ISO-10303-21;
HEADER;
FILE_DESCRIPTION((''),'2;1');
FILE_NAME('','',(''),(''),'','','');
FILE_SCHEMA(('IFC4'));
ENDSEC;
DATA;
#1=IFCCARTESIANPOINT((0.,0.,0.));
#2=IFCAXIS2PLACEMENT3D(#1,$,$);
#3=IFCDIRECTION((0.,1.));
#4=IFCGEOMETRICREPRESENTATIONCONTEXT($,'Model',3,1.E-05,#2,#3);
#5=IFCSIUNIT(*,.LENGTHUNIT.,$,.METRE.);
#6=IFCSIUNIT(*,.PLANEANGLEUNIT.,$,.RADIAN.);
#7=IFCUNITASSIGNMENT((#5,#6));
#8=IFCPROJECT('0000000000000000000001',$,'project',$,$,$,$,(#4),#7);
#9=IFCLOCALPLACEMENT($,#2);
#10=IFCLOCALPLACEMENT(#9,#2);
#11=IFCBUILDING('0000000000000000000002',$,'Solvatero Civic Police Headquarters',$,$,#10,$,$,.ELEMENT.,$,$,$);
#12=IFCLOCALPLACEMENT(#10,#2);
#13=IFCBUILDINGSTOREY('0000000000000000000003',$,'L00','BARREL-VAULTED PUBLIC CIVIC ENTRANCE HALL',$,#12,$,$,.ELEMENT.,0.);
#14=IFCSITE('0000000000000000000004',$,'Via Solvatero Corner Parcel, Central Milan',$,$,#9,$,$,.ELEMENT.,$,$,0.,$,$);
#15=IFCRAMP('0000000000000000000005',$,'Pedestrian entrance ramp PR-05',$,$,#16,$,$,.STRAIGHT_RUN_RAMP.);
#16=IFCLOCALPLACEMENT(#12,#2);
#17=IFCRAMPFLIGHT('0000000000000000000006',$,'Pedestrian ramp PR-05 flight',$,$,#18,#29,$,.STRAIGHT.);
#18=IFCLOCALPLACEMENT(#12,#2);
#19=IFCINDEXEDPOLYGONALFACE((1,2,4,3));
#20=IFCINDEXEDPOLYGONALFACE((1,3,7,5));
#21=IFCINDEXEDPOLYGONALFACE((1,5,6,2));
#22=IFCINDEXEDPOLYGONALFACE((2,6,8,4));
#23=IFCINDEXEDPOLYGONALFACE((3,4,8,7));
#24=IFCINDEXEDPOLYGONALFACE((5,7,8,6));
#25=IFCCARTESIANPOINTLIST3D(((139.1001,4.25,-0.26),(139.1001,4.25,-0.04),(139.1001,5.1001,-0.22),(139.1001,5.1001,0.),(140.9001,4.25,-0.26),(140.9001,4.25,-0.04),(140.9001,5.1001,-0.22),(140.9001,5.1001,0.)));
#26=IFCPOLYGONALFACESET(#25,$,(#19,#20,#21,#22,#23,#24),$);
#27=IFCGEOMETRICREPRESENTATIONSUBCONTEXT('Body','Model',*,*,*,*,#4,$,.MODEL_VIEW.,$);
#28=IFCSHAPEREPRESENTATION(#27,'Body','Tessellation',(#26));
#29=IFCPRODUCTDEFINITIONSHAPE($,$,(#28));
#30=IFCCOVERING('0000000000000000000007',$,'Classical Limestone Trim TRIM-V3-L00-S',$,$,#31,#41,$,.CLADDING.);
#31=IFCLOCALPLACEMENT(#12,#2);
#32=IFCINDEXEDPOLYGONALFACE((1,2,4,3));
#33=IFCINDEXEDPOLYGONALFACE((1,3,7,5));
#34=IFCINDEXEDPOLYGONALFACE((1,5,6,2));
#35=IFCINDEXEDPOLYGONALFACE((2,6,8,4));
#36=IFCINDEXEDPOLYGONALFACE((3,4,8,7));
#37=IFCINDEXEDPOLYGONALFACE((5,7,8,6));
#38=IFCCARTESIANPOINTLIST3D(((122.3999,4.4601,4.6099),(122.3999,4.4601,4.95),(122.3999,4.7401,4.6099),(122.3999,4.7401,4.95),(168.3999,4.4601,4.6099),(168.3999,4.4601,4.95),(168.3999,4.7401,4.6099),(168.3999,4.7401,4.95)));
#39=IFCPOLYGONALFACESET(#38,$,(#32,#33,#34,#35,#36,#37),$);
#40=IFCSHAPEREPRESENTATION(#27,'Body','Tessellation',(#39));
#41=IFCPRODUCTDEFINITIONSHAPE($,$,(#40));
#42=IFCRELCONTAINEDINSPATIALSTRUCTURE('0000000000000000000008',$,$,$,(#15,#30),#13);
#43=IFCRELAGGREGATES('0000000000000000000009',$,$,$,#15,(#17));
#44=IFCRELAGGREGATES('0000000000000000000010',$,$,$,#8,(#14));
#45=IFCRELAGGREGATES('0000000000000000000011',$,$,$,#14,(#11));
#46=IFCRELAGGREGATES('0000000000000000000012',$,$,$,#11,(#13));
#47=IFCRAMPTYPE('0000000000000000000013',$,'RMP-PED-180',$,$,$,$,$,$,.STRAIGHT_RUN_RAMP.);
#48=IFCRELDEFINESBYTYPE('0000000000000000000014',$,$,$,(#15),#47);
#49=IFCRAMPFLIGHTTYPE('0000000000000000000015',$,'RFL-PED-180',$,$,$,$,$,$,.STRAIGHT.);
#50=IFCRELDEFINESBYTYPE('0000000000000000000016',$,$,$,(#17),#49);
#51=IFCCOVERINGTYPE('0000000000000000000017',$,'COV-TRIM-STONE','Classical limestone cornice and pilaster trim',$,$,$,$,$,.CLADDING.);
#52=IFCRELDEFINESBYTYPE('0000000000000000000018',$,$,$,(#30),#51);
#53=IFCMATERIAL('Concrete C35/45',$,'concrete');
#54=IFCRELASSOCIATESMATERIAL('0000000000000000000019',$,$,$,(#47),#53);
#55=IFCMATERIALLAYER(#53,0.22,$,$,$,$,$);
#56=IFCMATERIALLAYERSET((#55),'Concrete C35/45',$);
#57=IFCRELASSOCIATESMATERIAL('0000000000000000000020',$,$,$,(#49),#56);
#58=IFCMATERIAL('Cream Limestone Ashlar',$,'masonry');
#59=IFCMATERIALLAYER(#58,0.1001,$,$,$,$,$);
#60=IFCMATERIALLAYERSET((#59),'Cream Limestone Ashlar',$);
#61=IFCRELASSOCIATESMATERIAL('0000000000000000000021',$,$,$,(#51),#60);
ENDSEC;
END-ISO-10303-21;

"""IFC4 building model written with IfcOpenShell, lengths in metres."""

from ifc_helpers import new_model, si_unit, direction, frame, origin, origin_2d, place, context, subcontext, project, spatial, polyline, rectangle, outline, extrude, material, layer, layer_set, type_object, element, aggregate, save


model = new_model("IFC4")

# Units and contexts
model_context = context("Model", 3, precision=1e-05, world=origin(), true_north=direction((0.0, 1.0)))
body_context = subcontext(model_context, "Body", "Model", "MODEL_VIEW")
ifc_project = project(units=[si_unit("LENGTHUNIT", "METRE"), si_unit("PLANEANGLEUNIT", "RADIAN")], contexts=[model_context])

# Site, building, storey
site_placement = place(None, origin())
site = spatial("IfcSite", under=ifc_project, at=site_placement, Name="Via Solvatero Corner Parcel, Central Milan", CompositionType="ELEMENT", RefElevation=0.0)
building_placement = place(site_placement, origin())
building = spatial("IfcBuilding", under=site, at=building_placement, Name="Solvatero Civic Police Headquarters", CompositionType="ELEMENT")
storey_placement = place(building_placement, origin())
storey = spatial("IfcBuildingStorey", under=building, at=storey_placement, Name="L00", Description="BARREL-VAULTED PUBLIC CIVIC ENTRANCE HALL", CompositionType="ELEMENT", Elevation=0.0)

# Ramp, ramp flight
ifc_material_1 = material(Name="Concrete C35/45", Category="concrete")
ramp_type = type_object("IfcRampType", Name="RMP-PED-180", PredefinedType="STRAIGHT_RUN_RAMP", material=ifc_material_1)
ramp_placement = place(storey_placement, origin())
ramp = element("IfcRamp", 1, at=ramp_placement, inside=storey, type_object=ramp_type, Name="Pedestrian entrance ramp PR-05", PredefinedType="STRAIGHT_RUN_RAMP")
ifc_layer_1 = layer(ifc_material_1, 0.22)
ifc_layer_set_1 = layer_set([ifc_layer_1], Name="Concrete C35/45")
ramp_flight_type = type_object("IfcRampFlightType", Name="RFL-PED-180", PredefinedType="STRAIGHT", material=ifc_layer_set_1)
ramp_flight_placement = place(storey_placement, frame((140.0, 4.25, -0.04), z_axis=(0.0, 0.0, 1.0), x_axis=(0.0, 1.0, 0.0)))
ramp_flight = element("IfcRampFlight", 2, at=ramp_flight_placement, type_object=ramp_flight_type, Name="Pedestrian ramp PR-05 flight", PredefinedType="STRAIGHT", context=body_context, shape_type="SweptSolid", body=[
    extrude(outline(polyline([(0.0, 0.0), (0.8501, 0.04), (0.8501, -0.1799), (0.0, -0.22), (0.0, 0.0)])), frame((0.0, 0.8999, 0.0), z_axis=(0.0, -1.0, 0.0), x_axis=(1.0, 0.0, 0.0)), (0.0, 0.0, 1.0), 1.8),
])
aggregate(ramp, [ramp_flight])

# Covering
ifc_material_2 = material(Name="Cream Limestone Ashlar", Category="masonry")
ifc_layer_2 = layer(ifc_material_2, 0.1001)
ifc_layer_set_2 = layer_set([ifc_layer_2], Name="Cream Limestone Ashlar")
covering_type = type_object("IfcCoveringType", Name="COV-TRIM-STONE", Description="Classical limestone cornice and pilaster trim", PredefinedType="CLADDING", material=ifc_layer_set_2)
covering_placement = place(storey_placement, frame((145.3999, 4.6001, 4.6099), z_axis=(0.0, 0.0, 1.0), x_axis=(1.0, 0.0, 0.0)))
element("IfcCovering", 3, at=covering_placement, inside=storey, type_object=covering_type, Name="Classical Limestone Trim TRIM-V3-L00-S", PredefinedType="CLADDING", context=body_context, shape_type="SweptSolid", body=[
    extrude(rectangle(XDim=46.0, YDim=0.28, at=origin_2d()), origin(), (0.0, 0.0, 1.0), 0.3401),
])

save(model, "model.ifc")
